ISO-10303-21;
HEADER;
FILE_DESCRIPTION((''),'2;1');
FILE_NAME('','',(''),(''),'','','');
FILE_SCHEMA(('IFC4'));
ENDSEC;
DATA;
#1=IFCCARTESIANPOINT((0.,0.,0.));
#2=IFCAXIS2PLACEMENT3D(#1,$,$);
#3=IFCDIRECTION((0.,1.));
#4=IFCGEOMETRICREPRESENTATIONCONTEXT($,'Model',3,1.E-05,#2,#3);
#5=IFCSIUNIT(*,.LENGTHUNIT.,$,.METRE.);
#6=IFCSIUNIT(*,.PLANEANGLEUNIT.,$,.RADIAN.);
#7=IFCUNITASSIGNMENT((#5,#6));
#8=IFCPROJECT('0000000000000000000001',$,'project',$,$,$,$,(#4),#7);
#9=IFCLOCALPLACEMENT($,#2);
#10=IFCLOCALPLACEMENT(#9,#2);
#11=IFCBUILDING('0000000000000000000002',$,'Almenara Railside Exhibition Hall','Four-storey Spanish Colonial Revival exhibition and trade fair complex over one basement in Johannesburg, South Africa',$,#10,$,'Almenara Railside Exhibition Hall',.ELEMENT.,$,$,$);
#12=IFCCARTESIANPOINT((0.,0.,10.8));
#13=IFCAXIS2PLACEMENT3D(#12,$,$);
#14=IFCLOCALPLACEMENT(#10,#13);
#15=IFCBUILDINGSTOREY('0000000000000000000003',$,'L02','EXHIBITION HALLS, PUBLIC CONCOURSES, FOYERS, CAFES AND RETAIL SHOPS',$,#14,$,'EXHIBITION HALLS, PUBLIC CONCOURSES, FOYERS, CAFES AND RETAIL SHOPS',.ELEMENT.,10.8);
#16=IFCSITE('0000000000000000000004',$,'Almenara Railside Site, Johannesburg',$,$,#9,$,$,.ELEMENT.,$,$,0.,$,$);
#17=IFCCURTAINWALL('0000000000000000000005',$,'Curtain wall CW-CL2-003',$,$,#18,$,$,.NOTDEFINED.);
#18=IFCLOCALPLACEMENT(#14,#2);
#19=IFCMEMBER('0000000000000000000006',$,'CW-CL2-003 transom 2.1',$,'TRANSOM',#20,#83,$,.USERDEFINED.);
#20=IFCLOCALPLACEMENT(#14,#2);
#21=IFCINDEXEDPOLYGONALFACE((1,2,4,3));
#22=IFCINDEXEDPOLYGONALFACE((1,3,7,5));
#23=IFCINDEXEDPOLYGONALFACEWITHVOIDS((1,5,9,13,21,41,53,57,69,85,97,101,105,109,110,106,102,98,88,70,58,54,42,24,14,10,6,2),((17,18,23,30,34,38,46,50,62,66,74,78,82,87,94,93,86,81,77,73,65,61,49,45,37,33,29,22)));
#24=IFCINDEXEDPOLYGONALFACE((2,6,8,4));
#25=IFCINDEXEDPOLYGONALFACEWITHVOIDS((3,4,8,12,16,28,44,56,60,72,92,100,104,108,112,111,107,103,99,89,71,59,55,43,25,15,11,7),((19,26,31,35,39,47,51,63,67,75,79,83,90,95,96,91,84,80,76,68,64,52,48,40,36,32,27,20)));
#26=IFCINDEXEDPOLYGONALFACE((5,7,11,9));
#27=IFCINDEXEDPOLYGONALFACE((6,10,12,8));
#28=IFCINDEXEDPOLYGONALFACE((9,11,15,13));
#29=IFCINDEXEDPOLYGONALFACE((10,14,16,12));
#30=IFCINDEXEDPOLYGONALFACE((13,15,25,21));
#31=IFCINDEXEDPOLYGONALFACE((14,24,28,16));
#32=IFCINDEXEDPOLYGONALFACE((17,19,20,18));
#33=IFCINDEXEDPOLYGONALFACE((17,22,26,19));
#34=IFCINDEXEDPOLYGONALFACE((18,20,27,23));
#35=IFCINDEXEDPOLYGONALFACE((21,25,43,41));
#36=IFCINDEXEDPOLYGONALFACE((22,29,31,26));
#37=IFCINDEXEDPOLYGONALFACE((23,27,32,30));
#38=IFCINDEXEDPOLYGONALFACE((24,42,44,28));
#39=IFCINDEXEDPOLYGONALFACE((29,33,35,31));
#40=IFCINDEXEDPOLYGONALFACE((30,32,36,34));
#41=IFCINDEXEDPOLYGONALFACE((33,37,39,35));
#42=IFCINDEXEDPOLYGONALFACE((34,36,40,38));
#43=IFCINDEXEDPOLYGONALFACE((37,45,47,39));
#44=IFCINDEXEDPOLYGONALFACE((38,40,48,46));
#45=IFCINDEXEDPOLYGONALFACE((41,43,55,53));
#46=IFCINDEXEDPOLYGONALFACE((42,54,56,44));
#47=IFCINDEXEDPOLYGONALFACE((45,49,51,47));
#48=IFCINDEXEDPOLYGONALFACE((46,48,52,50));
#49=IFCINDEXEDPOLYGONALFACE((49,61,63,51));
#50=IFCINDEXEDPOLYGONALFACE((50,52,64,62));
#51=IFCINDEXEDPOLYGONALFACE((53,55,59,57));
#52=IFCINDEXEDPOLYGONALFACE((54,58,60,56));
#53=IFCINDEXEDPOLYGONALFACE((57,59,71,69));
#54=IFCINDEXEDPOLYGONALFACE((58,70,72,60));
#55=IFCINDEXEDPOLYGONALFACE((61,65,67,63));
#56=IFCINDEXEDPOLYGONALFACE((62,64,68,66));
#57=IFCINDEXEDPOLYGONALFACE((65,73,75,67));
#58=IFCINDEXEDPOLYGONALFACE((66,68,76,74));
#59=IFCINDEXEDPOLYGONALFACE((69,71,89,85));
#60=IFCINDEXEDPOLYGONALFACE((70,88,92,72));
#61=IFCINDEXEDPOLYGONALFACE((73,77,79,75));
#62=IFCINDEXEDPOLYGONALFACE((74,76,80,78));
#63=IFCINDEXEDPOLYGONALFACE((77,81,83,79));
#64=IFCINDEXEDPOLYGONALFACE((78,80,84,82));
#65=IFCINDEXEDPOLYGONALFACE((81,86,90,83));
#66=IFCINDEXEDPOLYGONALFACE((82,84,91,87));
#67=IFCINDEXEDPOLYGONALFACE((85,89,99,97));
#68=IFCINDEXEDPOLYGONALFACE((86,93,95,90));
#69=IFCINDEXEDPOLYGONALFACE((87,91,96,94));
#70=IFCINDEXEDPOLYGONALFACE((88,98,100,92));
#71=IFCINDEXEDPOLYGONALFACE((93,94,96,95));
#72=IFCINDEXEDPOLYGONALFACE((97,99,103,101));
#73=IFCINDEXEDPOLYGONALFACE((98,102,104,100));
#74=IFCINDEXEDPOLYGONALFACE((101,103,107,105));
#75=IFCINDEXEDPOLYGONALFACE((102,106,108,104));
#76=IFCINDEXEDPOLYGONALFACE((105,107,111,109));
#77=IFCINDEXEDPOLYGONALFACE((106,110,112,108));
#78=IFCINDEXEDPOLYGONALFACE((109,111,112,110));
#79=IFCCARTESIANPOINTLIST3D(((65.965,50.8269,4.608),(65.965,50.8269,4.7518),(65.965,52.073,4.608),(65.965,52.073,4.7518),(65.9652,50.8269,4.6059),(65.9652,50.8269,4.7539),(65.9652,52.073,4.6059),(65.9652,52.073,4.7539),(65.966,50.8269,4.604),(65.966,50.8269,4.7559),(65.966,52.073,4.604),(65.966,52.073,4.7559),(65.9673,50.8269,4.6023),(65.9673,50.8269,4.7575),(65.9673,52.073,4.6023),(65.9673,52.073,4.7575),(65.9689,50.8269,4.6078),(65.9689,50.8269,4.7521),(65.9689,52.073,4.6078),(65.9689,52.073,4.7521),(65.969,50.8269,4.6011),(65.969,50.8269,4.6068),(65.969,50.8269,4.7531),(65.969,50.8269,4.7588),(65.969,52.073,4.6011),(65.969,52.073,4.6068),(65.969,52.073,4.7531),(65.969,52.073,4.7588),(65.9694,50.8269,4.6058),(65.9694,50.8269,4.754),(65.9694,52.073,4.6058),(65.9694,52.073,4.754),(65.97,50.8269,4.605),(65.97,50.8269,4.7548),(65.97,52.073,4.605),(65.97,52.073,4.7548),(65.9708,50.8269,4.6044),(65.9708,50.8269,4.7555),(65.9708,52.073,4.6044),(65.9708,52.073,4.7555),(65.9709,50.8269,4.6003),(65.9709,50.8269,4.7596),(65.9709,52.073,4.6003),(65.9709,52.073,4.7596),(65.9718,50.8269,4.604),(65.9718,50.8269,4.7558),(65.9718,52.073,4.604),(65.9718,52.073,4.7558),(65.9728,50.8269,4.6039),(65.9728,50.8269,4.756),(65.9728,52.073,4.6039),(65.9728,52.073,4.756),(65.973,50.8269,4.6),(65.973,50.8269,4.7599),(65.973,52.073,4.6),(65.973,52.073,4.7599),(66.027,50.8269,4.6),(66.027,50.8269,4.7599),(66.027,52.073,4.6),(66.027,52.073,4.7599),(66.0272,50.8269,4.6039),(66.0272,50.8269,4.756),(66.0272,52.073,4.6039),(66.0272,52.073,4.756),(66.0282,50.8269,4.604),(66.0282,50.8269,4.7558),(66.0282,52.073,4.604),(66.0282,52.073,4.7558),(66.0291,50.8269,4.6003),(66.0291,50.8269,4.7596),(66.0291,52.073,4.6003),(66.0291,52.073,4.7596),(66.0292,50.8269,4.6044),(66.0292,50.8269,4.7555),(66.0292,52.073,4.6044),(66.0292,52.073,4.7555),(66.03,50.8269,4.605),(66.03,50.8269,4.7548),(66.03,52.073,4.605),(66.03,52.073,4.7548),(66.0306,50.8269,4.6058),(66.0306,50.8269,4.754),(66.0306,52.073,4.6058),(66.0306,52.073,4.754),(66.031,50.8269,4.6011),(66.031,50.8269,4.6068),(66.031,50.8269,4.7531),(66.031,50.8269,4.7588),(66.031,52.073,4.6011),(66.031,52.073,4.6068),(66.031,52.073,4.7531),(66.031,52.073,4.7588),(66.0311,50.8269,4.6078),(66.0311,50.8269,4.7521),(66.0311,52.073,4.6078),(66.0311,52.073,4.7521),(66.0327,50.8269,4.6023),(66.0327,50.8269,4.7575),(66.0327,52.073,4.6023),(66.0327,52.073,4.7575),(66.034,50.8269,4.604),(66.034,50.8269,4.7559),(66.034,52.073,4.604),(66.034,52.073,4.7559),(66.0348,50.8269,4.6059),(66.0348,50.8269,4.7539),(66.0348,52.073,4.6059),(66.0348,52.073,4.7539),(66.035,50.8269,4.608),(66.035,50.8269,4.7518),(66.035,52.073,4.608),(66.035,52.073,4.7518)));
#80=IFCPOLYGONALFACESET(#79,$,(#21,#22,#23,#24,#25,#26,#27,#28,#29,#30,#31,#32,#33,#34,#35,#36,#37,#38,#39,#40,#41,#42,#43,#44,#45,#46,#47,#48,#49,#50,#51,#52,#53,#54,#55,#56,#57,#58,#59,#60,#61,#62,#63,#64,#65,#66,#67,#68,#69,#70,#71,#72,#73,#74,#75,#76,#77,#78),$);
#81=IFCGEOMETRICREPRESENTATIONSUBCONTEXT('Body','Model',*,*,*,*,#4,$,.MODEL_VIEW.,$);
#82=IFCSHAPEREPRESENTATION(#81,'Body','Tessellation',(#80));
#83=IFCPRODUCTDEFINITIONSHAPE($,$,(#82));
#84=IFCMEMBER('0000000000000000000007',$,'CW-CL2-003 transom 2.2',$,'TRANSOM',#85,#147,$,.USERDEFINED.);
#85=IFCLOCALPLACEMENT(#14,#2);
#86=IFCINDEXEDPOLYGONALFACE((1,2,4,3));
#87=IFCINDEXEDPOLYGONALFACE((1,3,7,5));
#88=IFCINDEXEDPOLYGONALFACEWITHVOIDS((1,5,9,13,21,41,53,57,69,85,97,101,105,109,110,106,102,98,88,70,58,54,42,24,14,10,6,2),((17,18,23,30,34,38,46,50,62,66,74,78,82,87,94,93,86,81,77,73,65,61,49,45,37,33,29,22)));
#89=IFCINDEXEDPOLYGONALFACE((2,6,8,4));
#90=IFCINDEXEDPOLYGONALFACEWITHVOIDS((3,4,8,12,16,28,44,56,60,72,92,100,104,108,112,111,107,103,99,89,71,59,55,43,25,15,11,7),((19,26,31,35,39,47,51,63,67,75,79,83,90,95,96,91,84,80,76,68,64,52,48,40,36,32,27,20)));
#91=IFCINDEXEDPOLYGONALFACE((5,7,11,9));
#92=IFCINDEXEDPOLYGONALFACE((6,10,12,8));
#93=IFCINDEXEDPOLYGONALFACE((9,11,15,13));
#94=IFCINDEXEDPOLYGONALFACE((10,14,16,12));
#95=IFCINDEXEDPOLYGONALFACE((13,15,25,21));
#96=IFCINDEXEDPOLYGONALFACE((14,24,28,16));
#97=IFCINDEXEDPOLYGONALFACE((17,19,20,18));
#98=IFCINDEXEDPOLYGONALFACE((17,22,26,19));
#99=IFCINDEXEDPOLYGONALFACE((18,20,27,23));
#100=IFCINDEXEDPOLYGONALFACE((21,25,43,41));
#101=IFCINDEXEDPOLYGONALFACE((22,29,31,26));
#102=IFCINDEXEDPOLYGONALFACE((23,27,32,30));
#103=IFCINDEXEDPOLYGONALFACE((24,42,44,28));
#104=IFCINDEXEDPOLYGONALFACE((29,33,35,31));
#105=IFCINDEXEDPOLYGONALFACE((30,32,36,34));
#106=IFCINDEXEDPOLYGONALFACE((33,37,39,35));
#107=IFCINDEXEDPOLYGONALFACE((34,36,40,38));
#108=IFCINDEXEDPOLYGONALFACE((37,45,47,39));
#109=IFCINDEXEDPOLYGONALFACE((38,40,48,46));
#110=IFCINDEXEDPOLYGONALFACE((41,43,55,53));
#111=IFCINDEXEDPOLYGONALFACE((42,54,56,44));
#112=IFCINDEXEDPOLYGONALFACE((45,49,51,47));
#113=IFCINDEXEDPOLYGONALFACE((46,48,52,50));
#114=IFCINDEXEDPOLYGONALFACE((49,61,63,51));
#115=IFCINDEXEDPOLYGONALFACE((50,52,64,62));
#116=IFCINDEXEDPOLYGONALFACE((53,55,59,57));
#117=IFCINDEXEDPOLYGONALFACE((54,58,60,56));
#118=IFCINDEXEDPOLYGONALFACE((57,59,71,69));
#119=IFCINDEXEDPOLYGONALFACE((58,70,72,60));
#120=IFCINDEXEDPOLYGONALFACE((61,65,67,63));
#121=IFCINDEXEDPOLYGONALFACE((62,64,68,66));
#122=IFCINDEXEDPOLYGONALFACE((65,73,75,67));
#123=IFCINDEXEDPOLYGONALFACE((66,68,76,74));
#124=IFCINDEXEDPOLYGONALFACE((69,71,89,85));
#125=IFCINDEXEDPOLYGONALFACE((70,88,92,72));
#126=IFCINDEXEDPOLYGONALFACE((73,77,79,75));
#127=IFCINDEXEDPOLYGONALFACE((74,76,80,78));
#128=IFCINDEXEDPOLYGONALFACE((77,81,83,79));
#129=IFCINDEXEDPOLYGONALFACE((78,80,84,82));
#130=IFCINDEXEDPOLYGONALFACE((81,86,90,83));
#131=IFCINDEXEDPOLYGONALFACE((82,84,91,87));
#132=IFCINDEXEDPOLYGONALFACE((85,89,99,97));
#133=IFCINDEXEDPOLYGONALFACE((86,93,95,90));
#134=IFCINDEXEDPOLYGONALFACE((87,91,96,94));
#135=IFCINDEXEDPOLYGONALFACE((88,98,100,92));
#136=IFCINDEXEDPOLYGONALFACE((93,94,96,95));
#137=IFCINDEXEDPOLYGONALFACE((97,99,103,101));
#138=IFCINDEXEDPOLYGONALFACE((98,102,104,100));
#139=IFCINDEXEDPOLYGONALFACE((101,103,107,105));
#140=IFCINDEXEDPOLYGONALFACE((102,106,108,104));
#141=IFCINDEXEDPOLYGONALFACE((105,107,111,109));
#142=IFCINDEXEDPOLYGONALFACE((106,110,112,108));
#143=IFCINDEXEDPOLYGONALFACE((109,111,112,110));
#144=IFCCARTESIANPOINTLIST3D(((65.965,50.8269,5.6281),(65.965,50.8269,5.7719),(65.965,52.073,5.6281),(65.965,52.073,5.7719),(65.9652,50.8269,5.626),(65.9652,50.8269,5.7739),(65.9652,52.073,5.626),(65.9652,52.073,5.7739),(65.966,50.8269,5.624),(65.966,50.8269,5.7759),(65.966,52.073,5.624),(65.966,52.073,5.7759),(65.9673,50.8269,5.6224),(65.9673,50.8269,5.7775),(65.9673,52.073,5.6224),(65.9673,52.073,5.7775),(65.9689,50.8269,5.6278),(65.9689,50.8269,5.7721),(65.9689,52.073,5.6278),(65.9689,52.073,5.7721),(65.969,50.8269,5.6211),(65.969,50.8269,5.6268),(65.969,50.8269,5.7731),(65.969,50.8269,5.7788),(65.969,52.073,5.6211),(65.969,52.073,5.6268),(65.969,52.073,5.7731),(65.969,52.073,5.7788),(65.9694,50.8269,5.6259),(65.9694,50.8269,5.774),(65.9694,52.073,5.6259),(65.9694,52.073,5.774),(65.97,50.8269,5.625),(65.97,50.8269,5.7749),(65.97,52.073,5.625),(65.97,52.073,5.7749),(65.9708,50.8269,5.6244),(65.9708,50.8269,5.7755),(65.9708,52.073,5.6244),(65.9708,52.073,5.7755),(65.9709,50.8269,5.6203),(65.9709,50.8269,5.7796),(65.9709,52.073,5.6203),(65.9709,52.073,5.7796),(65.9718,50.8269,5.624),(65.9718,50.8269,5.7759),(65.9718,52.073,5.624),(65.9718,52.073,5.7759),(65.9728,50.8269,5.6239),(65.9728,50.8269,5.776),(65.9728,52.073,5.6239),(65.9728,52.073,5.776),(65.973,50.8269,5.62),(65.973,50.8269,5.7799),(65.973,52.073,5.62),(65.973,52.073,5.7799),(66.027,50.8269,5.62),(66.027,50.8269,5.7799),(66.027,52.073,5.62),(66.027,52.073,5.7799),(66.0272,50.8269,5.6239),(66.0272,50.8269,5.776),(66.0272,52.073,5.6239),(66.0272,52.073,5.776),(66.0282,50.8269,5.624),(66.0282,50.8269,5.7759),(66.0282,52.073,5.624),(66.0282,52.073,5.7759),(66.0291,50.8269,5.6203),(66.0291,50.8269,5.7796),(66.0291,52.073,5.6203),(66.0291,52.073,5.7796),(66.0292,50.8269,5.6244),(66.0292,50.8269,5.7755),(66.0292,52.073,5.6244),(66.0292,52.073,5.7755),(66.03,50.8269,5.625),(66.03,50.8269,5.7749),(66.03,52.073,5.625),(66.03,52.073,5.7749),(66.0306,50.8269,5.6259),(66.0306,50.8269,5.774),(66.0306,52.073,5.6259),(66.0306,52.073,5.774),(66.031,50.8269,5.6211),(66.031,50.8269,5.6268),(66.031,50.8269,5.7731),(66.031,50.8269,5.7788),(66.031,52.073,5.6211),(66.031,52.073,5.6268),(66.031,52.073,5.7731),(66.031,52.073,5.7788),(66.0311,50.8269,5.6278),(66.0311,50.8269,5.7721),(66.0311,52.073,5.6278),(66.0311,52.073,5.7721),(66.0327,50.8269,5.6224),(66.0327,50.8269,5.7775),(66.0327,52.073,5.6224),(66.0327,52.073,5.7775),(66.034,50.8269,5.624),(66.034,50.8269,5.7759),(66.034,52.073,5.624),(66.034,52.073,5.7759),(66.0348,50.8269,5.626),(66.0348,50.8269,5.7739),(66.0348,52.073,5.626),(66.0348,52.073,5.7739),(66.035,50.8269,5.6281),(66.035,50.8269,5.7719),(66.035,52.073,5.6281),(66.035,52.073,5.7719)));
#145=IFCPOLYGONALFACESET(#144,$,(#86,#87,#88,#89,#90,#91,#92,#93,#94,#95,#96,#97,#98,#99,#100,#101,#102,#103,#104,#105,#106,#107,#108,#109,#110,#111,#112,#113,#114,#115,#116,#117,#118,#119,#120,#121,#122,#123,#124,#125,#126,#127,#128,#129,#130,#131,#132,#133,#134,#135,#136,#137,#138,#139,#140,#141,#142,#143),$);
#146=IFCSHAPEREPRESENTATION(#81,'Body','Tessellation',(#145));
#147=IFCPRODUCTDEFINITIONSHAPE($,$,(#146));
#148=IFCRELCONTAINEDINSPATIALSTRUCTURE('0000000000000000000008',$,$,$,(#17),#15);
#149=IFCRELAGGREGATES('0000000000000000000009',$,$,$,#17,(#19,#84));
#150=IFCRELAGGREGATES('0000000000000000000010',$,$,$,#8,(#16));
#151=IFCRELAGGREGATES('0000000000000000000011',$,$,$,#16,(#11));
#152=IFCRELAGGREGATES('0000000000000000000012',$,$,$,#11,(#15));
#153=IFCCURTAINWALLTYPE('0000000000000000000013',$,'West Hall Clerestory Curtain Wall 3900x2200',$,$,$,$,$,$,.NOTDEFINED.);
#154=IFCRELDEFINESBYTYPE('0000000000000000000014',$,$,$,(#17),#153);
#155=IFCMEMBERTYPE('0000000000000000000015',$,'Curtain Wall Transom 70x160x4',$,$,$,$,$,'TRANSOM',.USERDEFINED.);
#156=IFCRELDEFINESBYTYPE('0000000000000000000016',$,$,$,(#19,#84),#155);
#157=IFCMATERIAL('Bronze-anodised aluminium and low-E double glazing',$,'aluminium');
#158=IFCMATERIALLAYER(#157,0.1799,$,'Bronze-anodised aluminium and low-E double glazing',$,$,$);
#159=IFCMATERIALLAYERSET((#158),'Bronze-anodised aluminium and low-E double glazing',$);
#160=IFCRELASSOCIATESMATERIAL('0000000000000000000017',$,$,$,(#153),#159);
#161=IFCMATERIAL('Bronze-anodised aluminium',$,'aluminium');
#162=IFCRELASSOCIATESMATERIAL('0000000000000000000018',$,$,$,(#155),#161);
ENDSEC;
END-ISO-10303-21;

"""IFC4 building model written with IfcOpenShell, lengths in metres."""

from ifc_helpers import new_model, si_unit, direction, frame, origin, origin_2d, place, context, subcontext, project, spatial, hollow_rectangle, extrude, material, layer, layer_set, material_profile, profile_set, type_object, element, aggregate, save


model = new_model("IFC4")

# Units and contexts
model_context = context("Model", 3, precision=1e-05, world=origin(), true_north=direction((0.0, 1.0)))
body_context = subcontext(model_context, "Body", "Model", "MODEL_VIEW")
ifc_project = project(units=[si_unit("LENGTHUNIT", "METRE"), si_unit("PLANEANGLEUNIT", "RADIAN")], contexts=[model_context])

# Site, building, storey
site_placement = place(None, origin())
site = spatial("IfcSite", under=ifc_project, at=site_placement, Name="Almenara Railside Site, Johannesburg", CompositionType="ELEMENT", RefElevation=0.0)
building_placement = place(site_placement, origin())
building = spatial("IfcBuilding", under=site, at=building_placement, Name="Almenara Railside Exhibition Hall", Description="Four-storey Spanish Colonial Revival exhibition and trade fair complex over one basement in Johannesburg, South Africa", LongName="Almenara Railside Exhibition Hall", CompositionType="ELEMENT")
storey_placement = place(building_placement, frame((0.0, 0.0, 10.8)))
storey = spatial("IfcBuildingStorey", under=building, at=storey_placement, Name="L02", Description="EXHIBITION HALLS, PUBLIC CONCOURSES, FOYERS, CAFES AND RETAIL SHOPS", LongName="EXHIBITION HALLS, PUBLIC CONCOURSES, FOYERS, CAFES AND RETAIL SHOPS", CompositionType="ELEMENT", Elevation=10.8)

# Curtain wall, members
ifc_material_1 = material(Name="Bronze-anodised aluminium and low-E double glazing", Category="aluminium")
ifc_layer_1 = layer(ifc_material_1, 0.1799, Name="Bronze-anodised aluminium and low-E double glazing")
ifc_layer_set_1 = layer_set([ifc_layer_1], Name="Bronze-anodised aluminium and low-E double glazing")
curtain_wall_type = type_object("IfcCurtainWallType", Name="West Hall Clerestory Curtain Wall 3900x2200", PredefinedType="NOTDEFINED", material=ifc_layer_set_1)
curtain_wall_placement = place(storey_placement, origin())
curtain_wall = element("IfcCurtainWall", 1, at=curtain_wall_placement, inside=storey, type_object=curtain_wall_type, Name="Curtain wall CW-CL2-003", PredefinedType="NOTDEFINED")
ifc_material_2 = material(Name="Bronze-anodised aluminium", Category="aluminium")
ifc_material_profile_1 = material_profile(ifc_material_2, hollow_rectangle(XDim=0.0701, YDim=0.1599, WallThickness=0.0039, InnerFilletRadius=0.0039, OuterFilletRadius=0.0081, at=origin_2d()), Name="ALU-TRN 70x160x4")
ifc_profile_set_1 = profile_set([ifc_material_profile_1], Name="Bronze-anodised aluminium")
member_type_1 = type_object("IfcMemberType", Name="Curtain Wall Transom 70x160x4", ElementType="TRANSOM", PredefinedType="USERDEFINED", material=ifc_profile_set_1)
member_1_placement = place(storey_placement, frame((66.0, 50.8269, 4.6799), z_axis=(0.0, 1.0, 0.0), x_axis=(-1.0, 0.0, 0.0)))
member_1 = element("IfcMember", 2, at=member_1_placement, type_object=member_type_1, Name="CW-CL2-003 transom 2.1", ObjectType="TRANSOM", PredefinedType="USERDEFINED", context=body_context, shape_type="SweptSolid", body=[
    extrude(hollow_rectangle(XDim=0.0701, YDim=0.1599, WallThickness=0.0039, InnerFilletRadius=0.0039, OuterFilletRadius=0.0081, at=origin_2d()), origin(), (0.0, 0.0, 1.0), 1.2461),
])
member_2_placement = place(storey_placement, frame((66.0, 50.8269, 5.7), z_axis=(0.0, 1.0, 0.0), x_axis=(-1.0, 0.0, 0.0)))
member_2 = element("IfcMember", 3, at=member_2_placement, type_object=member_type_1, Name="CW-CL2-003 transom 2.2", ObjectType="TRANSOM", PredefinedType="USERDEFINED", context=body_context, shape_type="SweptSolid", body=[
    extrude(hollow_rectangle(XDim=0.0701, YDim=0.1599, WallThickness=0.0039, InnerFilletRadius=0.0039, OuterFilletRadius=0.0081, at=origin_2d()), origin(), (0.0, 0.0, 1.0), 1.2461),
])
aggregate(curtain_wall, [member_1, member_2])

save(model, "model.ifc")
